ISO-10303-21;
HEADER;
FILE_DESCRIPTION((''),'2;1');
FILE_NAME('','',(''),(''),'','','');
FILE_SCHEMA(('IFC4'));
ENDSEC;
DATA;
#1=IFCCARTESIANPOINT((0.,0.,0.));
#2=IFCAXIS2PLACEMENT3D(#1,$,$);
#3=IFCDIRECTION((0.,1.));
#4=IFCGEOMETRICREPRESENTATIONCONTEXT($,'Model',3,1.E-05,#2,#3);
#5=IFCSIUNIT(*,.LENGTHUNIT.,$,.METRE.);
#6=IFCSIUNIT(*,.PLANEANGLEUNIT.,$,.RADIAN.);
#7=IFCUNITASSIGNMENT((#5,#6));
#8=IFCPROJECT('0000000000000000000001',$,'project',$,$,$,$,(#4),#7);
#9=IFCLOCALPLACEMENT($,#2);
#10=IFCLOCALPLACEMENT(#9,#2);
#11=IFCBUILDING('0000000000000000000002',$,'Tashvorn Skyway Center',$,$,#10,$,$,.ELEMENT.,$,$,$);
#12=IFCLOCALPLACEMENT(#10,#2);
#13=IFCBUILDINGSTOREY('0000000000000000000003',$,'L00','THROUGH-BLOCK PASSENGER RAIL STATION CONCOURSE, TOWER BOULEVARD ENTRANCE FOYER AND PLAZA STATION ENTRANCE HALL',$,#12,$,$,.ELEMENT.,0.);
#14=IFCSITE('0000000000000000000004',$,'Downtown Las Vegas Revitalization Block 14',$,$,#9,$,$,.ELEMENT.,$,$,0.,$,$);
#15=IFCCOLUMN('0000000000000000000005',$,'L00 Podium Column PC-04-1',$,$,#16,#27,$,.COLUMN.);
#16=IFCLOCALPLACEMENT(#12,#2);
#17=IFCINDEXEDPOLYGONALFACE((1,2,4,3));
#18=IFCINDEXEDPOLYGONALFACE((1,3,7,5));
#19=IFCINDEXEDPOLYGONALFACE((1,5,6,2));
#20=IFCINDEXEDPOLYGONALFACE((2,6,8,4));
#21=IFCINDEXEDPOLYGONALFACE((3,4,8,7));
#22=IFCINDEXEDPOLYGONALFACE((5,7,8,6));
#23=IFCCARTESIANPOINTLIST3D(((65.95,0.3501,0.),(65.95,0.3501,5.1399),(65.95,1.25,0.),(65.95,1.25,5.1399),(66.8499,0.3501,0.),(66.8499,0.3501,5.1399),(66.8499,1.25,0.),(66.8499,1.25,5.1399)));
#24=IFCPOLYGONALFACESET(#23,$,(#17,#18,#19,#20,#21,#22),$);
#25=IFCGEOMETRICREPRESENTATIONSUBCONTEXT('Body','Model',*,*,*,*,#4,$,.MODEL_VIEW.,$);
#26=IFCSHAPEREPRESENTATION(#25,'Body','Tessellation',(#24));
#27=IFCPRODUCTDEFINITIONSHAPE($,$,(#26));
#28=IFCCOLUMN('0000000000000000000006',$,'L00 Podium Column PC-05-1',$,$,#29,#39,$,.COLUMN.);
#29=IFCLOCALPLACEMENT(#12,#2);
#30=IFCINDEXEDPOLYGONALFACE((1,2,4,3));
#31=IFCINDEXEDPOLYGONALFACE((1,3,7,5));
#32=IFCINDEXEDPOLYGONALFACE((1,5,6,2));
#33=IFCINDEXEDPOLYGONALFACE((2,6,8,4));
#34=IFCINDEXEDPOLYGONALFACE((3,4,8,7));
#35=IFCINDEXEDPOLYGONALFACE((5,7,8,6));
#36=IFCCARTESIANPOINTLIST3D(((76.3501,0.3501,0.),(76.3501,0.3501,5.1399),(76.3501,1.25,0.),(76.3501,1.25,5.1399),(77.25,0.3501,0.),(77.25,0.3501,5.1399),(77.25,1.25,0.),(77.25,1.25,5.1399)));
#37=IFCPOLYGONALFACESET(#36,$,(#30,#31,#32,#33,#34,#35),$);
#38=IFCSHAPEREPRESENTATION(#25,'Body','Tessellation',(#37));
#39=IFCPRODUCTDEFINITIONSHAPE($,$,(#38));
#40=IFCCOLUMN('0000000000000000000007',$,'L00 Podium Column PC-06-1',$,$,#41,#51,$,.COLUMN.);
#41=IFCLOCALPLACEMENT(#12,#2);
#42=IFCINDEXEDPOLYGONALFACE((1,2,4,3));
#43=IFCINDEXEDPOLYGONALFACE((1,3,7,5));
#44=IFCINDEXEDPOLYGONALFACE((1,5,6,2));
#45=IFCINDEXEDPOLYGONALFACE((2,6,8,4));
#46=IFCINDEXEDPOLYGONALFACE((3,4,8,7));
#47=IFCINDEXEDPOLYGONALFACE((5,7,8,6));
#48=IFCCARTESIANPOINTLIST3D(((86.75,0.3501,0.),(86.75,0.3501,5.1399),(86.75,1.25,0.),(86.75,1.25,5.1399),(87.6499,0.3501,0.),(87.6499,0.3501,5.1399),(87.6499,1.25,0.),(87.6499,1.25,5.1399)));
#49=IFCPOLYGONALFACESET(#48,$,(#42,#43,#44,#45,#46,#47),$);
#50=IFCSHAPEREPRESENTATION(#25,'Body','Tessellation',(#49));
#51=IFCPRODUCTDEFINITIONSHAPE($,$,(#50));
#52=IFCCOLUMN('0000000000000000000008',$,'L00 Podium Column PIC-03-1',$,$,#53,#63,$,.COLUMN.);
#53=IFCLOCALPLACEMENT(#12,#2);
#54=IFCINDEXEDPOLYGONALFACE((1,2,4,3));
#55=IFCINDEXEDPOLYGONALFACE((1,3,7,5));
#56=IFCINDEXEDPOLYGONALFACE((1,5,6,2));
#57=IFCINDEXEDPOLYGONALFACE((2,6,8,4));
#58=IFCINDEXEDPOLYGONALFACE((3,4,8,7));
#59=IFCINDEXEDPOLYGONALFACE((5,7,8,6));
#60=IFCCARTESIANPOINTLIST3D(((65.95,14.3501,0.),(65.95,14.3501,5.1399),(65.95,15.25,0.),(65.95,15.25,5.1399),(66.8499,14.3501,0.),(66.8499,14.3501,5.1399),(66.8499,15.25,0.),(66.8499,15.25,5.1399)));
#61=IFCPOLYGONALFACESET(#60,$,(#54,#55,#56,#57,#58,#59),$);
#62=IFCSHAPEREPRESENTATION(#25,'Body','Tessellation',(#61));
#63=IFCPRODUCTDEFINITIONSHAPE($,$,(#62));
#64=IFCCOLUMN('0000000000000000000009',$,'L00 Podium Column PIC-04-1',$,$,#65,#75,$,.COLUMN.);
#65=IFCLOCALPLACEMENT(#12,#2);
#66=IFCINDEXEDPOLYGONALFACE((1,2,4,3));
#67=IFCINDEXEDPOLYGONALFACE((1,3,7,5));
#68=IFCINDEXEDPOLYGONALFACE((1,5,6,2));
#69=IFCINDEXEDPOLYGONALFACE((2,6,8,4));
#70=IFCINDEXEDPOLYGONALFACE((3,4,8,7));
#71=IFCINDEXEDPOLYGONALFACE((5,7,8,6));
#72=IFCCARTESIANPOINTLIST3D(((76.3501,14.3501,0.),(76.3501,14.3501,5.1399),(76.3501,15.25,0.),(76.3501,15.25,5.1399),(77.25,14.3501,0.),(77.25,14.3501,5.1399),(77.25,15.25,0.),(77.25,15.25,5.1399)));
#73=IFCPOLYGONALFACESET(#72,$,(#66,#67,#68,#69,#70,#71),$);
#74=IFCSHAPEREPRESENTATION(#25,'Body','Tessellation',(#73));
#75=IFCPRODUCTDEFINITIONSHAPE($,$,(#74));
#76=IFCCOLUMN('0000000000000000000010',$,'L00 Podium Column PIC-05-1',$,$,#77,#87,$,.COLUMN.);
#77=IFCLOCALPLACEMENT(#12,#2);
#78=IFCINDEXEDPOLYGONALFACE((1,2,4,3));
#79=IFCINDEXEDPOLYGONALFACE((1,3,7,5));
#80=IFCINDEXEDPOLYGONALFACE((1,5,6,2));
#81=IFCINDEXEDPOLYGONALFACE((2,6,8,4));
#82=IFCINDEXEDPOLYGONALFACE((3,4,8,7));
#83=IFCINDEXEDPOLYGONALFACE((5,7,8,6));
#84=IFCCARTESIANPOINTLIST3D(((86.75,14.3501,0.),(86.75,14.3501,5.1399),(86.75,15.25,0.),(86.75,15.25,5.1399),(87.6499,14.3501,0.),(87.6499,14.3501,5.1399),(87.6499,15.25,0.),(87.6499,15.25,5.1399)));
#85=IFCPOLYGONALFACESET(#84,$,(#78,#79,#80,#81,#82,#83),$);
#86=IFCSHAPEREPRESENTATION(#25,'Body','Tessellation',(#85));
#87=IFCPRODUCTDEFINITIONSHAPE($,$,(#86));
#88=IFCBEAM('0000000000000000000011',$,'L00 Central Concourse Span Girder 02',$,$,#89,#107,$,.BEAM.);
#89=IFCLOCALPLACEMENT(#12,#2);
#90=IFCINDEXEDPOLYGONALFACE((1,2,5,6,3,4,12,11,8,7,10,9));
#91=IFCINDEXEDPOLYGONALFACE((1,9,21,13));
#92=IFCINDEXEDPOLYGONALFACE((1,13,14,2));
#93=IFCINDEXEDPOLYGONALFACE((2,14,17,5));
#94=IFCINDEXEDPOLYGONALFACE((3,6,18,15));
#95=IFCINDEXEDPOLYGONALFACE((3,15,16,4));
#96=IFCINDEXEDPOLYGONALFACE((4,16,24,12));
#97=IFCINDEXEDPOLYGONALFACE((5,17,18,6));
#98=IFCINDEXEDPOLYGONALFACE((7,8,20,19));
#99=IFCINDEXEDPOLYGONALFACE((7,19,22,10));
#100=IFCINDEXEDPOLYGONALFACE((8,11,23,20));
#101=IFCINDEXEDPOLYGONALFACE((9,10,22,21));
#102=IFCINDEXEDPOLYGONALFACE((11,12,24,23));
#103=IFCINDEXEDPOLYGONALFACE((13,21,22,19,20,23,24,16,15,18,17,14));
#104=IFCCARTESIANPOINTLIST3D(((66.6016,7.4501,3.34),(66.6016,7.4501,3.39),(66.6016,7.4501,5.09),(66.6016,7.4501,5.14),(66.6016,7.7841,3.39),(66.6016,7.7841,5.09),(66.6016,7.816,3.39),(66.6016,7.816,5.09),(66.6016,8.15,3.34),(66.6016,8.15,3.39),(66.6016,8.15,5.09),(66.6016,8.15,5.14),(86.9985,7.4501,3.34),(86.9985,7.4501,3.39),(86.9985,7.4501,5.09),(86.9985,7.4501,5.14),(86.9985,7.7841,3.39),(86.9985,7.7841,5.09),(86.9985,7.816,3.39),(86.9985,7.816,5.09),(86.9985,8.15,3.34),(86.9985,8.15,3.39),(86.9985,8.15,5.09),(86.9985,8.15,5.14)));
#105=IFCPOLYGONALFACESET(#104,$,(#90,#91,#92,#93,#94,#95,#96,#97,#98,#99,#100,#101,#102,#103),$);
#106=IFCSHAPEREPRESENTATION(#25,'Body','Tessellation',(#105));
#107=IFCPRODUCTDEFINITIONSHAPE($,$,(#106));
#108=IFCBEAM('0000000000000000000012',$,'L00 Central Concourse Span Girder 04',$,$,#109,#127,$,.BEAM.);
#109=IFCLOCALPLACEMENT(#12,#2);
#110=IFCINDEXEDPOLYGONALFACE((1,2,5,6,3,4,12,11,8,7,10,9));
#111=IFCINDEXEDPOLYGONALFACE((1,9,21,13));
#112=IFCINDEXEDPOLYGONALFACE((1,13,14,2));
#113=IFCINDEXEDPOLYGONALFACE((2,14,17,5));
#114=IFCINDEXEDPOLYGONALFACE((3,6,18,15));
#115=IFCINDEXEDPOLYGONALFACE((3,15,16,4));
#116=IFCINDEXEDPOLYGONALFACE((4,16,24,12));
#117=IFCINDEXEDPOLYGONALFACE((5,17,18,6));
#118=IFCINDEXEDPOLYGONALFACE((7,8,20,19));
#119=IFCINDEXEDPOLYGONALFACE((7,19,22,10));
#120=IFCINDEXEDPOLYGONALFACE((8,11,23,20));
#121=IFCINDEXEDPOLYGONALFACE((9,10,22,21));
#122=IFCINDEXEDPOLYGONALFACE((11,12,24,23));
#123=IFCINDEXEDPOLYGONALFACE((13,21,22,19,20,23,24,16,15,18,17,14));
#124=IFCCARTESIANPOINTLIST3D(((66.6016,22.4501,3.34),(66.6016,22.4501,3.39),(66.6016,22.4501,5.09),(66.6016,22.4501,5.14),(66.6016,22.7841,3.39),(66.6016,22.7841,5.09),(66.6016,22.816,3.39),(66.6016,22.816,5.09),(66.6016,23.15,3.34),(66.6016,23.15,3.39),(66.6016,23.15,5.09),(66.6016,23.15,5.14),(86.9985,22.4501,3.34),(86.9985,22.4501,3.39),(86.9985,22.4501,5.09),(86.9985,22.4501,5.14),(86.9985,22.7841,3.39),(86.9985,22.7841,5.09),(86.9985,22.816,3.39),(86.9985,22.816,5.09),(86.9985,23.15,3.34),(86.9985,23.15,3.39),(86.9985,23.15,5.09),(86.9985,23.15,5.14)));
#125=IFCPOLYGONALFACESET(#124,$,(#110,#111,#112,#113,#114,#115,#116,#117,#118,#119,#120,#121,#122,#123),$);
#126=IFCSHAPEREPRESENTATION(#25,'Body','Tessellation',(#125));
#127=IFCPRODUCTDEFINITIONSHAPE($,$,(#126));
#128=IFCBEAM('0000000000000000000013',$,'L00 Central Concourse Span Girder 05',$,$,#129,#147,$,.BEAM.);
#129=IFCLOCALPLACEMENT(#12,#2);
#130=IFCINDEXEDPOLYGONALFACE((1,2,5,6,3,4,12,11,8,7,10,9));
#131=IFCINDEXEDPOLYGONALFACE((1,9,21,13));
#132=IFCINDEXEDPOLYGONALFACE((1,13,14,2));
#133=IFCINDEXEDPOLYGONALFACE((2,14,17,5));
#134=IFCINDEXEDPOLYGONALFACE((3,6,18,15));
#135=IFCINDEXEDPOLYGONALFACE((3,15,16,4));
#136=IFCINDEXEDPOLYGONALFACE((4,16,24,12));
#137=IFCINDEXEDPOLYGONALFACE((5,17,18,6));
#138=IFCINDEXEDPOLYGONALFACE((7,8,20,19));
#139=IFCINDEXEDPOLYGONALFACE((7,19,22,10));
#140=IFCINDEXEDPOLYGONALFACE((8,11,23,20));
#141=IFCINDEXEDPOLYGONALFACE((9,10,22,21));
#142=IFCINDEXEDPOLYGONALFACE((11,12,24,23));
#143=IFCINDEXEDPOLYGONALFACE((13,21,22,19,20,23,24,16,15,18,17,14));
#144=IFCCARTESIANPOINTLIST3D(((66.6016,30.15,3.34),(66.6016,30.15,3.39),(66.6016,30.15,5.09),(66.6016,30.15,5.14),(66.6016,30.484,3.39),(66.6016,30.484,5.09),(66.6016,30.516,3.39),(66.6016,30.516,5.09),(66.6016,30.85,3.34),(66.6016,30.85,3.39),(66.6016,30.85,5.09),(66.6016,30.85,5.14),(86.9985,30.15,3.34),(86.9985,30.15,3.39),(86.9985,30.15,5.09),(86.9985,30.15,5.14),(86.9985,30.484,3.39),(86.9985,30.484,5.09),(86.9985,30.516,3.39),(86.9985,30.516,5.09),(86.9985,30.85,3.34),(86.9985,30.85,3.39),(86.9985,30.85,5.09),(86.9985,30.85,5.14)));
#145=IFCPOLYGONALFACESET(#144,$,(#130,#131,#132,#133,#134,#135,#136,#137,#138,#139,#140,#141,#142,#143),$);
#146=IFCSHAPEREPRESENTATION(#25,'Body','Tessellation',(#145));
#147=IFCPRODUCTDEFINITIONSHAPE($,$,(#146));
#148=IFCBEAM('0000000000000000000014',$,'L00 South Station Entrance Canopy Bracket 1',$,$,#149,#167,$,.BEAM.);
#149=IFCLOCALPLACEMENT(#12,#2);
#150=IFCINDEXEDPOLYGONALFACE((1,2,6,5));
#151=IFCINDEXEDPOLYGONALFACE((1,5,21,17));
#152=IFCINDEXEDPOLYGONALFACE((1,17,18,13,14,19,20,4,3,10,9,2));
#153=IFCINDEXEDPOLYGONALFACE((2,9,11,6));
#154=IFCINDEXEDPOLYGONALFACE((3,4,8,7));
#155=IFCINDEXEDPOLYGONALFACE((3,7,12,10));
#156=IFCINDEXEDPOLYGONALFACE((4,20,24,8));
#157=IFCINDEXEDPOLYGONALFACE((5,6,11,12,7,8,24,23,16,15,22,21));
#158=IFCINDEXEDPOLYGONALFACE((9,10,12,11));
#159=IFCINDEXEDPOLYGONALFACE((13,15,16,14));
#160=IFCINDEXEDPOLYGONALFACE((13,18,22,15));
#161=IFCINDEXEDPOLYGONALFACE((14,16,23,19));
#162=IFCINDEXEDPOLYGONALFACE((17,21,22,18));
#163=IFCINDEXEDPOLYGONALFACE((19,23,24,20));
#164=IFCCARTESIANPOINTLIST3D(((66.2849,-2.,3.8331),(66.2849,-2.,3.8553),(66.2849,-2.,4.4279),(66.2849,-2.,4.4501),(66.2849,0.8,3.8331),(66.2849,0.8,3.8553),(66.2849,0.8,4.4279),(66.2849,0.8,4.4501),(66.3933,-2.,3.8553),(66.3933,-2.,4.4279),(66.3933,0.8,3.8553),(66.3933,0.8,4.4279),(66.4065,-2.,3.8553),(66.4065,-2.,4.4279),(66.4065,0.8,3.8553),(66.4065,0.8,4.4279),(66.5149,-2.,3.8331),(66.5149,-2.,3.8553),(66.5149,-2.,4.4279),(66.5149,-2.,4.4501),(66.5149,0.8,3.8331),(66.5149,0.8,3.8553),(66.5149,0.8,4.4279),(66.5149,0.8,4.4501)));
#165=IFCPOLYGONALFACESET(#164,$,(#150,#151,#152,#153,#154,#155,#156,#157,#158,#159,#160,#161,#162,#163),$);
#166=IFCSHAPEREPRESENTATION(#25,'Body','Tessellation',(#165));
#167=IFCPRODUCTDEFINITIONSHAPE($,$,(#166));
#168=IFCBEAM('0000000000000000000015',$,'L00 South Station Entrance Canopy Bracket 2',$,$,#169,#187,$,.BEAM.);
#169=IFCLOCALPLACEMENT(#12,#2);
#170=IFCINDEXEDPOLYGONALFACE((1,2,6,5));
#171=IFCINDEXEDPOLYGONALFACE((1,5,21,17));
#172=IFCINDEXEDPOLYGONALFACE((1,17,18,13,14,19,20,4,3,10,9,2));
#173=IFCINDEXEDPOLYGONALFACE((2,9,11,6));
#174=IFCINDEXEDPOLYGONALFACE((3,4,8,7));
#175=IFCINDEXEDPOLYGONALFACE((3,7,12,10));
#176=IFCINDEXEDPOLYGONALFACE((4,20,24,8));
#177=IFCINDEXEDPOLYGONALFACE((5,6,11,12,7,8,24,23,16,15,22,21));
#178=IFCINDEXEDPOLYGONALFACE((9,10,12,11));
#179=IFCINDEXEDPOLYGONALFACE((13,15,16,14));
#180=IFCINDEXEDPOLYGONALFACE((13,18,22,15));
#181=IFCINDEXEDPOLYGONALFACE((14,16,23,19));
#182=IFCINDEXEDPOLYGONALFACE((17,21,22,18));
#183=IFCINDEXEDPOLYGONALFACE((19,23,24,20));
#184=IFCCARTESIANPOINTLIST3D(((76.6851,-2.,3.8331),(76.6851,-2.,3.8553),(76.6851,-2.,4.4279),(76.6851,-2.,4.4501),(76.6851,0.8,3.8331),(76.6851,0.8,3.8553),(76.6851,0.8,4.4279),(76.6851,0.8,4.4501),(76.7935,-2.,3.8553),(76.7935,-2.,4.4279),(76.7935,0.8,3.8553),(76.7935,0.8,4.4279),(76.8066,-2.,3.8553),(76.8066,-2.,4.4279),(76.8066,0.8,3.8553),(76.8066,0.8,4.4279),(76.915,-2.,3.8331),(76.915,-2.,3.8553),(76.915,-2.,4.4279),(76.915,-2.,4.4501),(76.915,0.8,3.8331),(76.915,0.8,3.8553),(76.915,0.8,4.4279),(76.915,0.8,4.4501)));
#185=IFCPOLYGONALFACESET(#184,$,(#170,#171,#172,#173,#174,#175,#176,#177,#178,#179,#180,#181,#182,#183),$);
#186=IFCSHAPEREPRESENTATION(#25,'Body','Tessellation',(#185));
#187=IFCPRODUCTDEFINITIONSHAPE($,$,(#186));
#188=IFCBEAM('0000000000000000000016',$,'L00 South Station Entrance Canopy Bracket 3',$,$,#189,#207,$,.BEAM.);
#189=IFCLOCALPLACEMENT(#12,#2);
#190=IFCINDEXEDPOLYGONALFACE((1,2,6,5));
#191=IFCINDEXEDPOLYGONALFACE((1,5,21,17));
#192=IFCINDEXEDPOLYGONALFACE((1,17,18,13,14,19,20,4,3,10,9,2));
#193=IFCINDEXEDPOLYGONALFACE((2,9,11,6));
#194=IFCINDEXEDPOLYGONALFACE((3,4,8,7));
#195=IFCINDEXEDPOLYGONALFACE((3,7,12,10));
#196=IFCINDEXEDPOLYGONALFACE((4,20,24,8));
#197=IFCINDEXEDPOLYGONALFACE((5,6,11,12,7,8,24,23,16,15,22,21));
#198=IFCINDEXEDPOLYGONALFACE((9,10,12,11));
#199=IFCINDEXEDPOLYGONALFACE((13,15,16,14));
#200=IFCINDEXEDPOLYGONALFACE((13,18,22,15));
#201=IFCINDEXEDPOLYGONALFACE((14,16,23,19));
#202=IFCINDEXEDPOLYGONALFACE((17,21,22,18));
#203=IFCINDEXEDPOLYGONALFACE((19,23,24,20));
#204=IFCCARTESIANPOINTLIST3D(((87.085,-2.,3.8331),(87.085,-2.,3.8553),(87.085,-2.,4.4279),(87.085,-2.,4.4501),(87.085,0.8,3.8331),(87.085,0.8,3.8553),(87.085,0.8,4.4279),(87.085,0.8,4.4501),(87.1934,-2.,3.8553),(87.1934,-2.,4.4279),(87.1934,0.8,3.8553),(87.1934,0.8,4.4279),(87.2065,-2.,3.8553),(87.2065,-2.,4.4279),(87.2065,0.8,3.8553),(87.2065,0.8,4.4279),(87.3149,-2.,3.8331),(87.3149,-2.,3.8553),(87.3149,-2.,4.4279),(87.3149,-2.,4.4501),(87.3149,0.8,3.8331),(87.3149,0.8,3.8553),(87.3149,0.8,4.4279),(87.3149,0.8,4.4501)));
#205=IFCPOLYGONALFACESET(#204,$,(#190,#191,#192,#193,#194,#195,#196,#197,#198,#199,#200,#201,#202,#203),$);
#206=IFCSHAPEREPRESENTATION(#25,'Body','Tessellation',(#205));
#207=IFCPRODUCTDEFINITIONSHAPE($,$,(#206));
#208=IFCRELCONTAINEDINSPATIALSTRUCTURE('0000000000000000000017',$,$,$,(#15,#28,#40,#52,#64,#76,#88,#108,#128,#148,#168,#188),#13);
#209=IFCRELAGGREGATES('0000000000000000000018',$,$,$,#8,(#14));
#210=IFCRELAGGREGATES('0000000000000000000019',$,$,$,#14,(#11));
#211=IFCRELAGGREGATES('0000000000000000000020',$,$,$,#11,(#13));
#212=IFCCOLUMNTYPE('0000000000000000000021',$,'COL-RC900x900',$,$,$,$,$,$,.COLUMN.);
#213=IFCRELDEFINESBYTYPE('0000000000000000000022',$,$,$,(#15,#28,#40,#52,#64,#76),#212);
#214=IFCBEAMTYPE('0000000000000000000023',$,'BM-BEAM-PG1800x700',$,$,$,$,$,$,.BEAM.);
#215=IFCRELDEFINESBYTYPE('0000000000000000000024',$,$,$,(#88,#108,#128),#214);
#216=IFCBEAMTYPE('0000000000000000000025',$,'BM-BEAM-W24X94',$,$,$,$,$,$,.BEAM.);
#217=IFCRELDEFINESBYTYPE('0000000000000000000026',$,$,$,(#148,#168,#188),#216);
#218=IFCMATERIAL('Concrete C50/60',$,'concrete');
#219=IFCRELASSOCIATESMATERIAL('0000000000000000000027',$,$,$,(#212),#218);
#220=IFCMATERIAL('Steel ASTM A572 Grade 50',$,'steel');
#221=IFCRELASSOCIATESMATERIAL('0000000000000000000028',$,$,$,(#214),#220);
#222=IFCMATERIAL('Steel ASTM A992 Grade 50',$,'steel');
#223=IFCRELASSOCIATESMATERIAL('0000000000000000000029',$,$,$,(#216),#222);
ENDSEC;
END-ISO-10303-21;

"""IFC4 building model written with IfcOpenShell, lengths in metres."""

from ifc_helpers import new_model, si_unit, direction, frame, origin, origin_2d, place, context, subcontext, project, spatial, rectangle, i_section, extrude, material, material_profile, profile_set, type_object, element, save


model = new_model("IFC4")

# Units and contexts
model_context = context("Model", 3, precision=1e-05, world=origin(), true_north=direction((0.0, 1.0)))
body_context = subcontext(model_context, "Body", "Model", "MODEL_VIEW")
ifc_project = project(units=[si_unit("LENGTHUNIT", "METRE"), si_unit("PLANEANGLEUNIT", "RADIAN")], contexts=[model_context])

# Site, building, storey
site_placement = place(None, origin())
site = spatial("IfcSite", under=ifc_project, at=site_placement, Name="Downtown Las Vegas Revitalization Block 14", CompositionType="ELEMENT", RefElevation=0.0)
building_placement = place(site_placement, origin())
building = spatial("IfcBuilding", under=site, at=building_placement, Name="Tashvorn Skyway Center", CompositionType="ELEMENT")
storey_placement = place(building_placement, origin())
storey = spatial("IfcBuildingStorey", under=building, at=storey_placement, Name="L00", Description="THROUGH-BLOCK PASSENGER RAIL STATION CONCOURSE, TOWER BOULEVARD ENTRANCE FOYER AND PLAZA STATION ENTRANCE HALL", CompositionType="ELEMENT", Elevation=0.0)

# Columns
ifc_material_1 = material(Name="Concrete C50/60", Category="concrete")
ifc_material_profile_1 = material_profile(ifc_material_1, rectangle(XDim=0.8999, YDim=0.8999, at=origin_2d()), Name="RC900x900")
ifc_profile_set_1 = profile_set([ifc_material_profile_1], Name="Concrete C50/60")
column_type = type_object("IfcColumnType", Name="COL-RC900x900", PredefinedType="COLUMN", material=ifc_profile_set_1)
for number, where, z_axis, x_axis, name in (
    (1, (66.3999, 0.8, 0.0), (0.0, 0.0, 1.0), (1.0, 0.0, 0.0), "L00 Podium Column PC-04-1"),
    (2, (76.8, 0.8, 0.0), (0.0, 0.0, 1.0), (1.0, 0.0, 0.0), "L00 Podium Column PC-05-1"),
    (3, (87.2, 0.8, 0.0), (0.0, 0.0, 1.0), (1.0, 0.0, 0.0), "L00 Podium Column PC-06-1"),
    (4, (66.3999, 14.8, 0.0), (0.0, 0.0, 1.0), (1.0, 0.0, 0.0), "L00 Podium Column PIC-03-1"),
    (5, (76.8, 14.8, 0.0), (0.0, 0.0, 1.0), (1.0, 0.0, 0.0), "L00 Podium Column PIC-04-1"),
    (6, (87.2, 14.8, 0.0), (0.0, 0.0, 1.0), (1.0, 0.0, 0.0), "L00 Podium Column PIC-05-1"),
):
    element("IfcColumn", number, at=place(storey_placement, frame(where, z_axis=z_axis, x_axis=x_axis)), inside=storey, type_object=column_type, Name=name, PredefinedType="COLUMN", context=body_context, shape_type="SweptSolid", body=[
        extrude(rectangle(XDim=0.8999, YDim=0.8999, at=origin_2d()), origin(), (0.0, 0.0, 1.0), 5.1399),
    ])

# Beams
ifc_material_2 = material(Name="Steel ASTM A572 Grade 50", Category="steel")
ifc_material_profile_2 = material_profile(ifc_material_2, i_section(OverallWidth=0.7, OverallDepth=1.8, WebThickness=0.032, FlangeThickness=0.05, at=origin_2d()), Name="PG1800x700")
ifc_profile_set_2 = profile_set([ifc_material_profile_2], Name="Steel ASTM A572 Grade 50")
beam_type_1 = type_object("IfcBeamType", Name="BM-BEAM-PG1800x700", PredefinedType="BEAM", material=ifc_profile_set_2)
for number, where, z_axis, x_axis, name in (
    (7, (66.6016, 7.8, 4.24), (1.0, 0.0, 0.0), (0.0, 1.0, 0.0), "L00 Central Concourse Span Girder 02"),
    (8, (66.6016, 22.8, 4.24), (1.0, 0.0, 0.0), (0.0, 1.0, 0.0), "L00 Central Concourse Span Girder 04"),
    (9, (66.6016, 30.5, 4.24), (1.0, 0.0, 0.0), (0.0, 1.0, 0.0), "L00 Central Concourse Span Girder 05"),
):
    element("IfcBeam", number, at=place(storey_placement, frame(where, z_axis=z_axis, x_axis=x_axis)), inside=storey, type_object=beam_type_1, Name=name, PredefinedType="BEAM", context=body_context, shape_type="SweptSolid", body=[
        extrude(i_section(OverallWidth=0.7, OverallDepth=1.8, WebThickness=0.032, FlangeThickness=0.05, at=origin_2d()), origin(), (0.0, 0.0, 1.0), 20.397),
    ])
ifc_material_3 = material(Name="Steel ASTM A992 Grade 50", Category="steel")
ifc_material_profile_3 = material_profile(ifc_material_3, i_section(OverallWidth=0.23, OverallDepth=0.6169, WebThickness=0.0132, FlangeThickness=0.0222, at=origin_2d()), Name="W24X94")
ifc_profile_set_3 = profile_set([ifc_material_profile_3], Name="Steel ASTM A992 Grade 50")
beam_type_2 = type_object("IfcBeamType", Name="BM-BEAM-W24X94", PredefinedType="BEAM", material=ifc_profile_set_3)
for number, where, z_axis, x_axis, name in (
    (10, (66.3999, 0.8, 4.1416), (0.0, -1.0, 0.0), (1.0, 0.0, 0.0), "L00 South Station Entrance Canopy Bracket 1"),
    (11, (76.8, 0.8, 4.1416), (0.0, -1.0, 0.0), (1.0, 0.0, 0.0), "L00 South Station Entrance Canopy Bracket 2"),
    (12, (87.2, 0.8, 4.1416), (0.0, -1.0, 0.0), (1.0, 0.0, 0.0), "L00 South Station Entrance Canopy Bracket 3"),
):
    element("IfcBeam", number, at=place(storey_placement, frame(where, z_axis=z_axis, x_axis=x_axis)), inside=storey, type_object=beam_type_2, Name=name, PredefinedType="BEAM", context=body_context, shape_type="SweptSolid", body=[
        extrude(i_section(OverallWidth=0.23, OverallDepth=0.6169, WebThickness=0.0132, FlangeThickness=0.0222, at=origin_2d()), origin(), (0.0, 0.0, 1.0), 2.8),
    ])

save(model, "model.ifc")
